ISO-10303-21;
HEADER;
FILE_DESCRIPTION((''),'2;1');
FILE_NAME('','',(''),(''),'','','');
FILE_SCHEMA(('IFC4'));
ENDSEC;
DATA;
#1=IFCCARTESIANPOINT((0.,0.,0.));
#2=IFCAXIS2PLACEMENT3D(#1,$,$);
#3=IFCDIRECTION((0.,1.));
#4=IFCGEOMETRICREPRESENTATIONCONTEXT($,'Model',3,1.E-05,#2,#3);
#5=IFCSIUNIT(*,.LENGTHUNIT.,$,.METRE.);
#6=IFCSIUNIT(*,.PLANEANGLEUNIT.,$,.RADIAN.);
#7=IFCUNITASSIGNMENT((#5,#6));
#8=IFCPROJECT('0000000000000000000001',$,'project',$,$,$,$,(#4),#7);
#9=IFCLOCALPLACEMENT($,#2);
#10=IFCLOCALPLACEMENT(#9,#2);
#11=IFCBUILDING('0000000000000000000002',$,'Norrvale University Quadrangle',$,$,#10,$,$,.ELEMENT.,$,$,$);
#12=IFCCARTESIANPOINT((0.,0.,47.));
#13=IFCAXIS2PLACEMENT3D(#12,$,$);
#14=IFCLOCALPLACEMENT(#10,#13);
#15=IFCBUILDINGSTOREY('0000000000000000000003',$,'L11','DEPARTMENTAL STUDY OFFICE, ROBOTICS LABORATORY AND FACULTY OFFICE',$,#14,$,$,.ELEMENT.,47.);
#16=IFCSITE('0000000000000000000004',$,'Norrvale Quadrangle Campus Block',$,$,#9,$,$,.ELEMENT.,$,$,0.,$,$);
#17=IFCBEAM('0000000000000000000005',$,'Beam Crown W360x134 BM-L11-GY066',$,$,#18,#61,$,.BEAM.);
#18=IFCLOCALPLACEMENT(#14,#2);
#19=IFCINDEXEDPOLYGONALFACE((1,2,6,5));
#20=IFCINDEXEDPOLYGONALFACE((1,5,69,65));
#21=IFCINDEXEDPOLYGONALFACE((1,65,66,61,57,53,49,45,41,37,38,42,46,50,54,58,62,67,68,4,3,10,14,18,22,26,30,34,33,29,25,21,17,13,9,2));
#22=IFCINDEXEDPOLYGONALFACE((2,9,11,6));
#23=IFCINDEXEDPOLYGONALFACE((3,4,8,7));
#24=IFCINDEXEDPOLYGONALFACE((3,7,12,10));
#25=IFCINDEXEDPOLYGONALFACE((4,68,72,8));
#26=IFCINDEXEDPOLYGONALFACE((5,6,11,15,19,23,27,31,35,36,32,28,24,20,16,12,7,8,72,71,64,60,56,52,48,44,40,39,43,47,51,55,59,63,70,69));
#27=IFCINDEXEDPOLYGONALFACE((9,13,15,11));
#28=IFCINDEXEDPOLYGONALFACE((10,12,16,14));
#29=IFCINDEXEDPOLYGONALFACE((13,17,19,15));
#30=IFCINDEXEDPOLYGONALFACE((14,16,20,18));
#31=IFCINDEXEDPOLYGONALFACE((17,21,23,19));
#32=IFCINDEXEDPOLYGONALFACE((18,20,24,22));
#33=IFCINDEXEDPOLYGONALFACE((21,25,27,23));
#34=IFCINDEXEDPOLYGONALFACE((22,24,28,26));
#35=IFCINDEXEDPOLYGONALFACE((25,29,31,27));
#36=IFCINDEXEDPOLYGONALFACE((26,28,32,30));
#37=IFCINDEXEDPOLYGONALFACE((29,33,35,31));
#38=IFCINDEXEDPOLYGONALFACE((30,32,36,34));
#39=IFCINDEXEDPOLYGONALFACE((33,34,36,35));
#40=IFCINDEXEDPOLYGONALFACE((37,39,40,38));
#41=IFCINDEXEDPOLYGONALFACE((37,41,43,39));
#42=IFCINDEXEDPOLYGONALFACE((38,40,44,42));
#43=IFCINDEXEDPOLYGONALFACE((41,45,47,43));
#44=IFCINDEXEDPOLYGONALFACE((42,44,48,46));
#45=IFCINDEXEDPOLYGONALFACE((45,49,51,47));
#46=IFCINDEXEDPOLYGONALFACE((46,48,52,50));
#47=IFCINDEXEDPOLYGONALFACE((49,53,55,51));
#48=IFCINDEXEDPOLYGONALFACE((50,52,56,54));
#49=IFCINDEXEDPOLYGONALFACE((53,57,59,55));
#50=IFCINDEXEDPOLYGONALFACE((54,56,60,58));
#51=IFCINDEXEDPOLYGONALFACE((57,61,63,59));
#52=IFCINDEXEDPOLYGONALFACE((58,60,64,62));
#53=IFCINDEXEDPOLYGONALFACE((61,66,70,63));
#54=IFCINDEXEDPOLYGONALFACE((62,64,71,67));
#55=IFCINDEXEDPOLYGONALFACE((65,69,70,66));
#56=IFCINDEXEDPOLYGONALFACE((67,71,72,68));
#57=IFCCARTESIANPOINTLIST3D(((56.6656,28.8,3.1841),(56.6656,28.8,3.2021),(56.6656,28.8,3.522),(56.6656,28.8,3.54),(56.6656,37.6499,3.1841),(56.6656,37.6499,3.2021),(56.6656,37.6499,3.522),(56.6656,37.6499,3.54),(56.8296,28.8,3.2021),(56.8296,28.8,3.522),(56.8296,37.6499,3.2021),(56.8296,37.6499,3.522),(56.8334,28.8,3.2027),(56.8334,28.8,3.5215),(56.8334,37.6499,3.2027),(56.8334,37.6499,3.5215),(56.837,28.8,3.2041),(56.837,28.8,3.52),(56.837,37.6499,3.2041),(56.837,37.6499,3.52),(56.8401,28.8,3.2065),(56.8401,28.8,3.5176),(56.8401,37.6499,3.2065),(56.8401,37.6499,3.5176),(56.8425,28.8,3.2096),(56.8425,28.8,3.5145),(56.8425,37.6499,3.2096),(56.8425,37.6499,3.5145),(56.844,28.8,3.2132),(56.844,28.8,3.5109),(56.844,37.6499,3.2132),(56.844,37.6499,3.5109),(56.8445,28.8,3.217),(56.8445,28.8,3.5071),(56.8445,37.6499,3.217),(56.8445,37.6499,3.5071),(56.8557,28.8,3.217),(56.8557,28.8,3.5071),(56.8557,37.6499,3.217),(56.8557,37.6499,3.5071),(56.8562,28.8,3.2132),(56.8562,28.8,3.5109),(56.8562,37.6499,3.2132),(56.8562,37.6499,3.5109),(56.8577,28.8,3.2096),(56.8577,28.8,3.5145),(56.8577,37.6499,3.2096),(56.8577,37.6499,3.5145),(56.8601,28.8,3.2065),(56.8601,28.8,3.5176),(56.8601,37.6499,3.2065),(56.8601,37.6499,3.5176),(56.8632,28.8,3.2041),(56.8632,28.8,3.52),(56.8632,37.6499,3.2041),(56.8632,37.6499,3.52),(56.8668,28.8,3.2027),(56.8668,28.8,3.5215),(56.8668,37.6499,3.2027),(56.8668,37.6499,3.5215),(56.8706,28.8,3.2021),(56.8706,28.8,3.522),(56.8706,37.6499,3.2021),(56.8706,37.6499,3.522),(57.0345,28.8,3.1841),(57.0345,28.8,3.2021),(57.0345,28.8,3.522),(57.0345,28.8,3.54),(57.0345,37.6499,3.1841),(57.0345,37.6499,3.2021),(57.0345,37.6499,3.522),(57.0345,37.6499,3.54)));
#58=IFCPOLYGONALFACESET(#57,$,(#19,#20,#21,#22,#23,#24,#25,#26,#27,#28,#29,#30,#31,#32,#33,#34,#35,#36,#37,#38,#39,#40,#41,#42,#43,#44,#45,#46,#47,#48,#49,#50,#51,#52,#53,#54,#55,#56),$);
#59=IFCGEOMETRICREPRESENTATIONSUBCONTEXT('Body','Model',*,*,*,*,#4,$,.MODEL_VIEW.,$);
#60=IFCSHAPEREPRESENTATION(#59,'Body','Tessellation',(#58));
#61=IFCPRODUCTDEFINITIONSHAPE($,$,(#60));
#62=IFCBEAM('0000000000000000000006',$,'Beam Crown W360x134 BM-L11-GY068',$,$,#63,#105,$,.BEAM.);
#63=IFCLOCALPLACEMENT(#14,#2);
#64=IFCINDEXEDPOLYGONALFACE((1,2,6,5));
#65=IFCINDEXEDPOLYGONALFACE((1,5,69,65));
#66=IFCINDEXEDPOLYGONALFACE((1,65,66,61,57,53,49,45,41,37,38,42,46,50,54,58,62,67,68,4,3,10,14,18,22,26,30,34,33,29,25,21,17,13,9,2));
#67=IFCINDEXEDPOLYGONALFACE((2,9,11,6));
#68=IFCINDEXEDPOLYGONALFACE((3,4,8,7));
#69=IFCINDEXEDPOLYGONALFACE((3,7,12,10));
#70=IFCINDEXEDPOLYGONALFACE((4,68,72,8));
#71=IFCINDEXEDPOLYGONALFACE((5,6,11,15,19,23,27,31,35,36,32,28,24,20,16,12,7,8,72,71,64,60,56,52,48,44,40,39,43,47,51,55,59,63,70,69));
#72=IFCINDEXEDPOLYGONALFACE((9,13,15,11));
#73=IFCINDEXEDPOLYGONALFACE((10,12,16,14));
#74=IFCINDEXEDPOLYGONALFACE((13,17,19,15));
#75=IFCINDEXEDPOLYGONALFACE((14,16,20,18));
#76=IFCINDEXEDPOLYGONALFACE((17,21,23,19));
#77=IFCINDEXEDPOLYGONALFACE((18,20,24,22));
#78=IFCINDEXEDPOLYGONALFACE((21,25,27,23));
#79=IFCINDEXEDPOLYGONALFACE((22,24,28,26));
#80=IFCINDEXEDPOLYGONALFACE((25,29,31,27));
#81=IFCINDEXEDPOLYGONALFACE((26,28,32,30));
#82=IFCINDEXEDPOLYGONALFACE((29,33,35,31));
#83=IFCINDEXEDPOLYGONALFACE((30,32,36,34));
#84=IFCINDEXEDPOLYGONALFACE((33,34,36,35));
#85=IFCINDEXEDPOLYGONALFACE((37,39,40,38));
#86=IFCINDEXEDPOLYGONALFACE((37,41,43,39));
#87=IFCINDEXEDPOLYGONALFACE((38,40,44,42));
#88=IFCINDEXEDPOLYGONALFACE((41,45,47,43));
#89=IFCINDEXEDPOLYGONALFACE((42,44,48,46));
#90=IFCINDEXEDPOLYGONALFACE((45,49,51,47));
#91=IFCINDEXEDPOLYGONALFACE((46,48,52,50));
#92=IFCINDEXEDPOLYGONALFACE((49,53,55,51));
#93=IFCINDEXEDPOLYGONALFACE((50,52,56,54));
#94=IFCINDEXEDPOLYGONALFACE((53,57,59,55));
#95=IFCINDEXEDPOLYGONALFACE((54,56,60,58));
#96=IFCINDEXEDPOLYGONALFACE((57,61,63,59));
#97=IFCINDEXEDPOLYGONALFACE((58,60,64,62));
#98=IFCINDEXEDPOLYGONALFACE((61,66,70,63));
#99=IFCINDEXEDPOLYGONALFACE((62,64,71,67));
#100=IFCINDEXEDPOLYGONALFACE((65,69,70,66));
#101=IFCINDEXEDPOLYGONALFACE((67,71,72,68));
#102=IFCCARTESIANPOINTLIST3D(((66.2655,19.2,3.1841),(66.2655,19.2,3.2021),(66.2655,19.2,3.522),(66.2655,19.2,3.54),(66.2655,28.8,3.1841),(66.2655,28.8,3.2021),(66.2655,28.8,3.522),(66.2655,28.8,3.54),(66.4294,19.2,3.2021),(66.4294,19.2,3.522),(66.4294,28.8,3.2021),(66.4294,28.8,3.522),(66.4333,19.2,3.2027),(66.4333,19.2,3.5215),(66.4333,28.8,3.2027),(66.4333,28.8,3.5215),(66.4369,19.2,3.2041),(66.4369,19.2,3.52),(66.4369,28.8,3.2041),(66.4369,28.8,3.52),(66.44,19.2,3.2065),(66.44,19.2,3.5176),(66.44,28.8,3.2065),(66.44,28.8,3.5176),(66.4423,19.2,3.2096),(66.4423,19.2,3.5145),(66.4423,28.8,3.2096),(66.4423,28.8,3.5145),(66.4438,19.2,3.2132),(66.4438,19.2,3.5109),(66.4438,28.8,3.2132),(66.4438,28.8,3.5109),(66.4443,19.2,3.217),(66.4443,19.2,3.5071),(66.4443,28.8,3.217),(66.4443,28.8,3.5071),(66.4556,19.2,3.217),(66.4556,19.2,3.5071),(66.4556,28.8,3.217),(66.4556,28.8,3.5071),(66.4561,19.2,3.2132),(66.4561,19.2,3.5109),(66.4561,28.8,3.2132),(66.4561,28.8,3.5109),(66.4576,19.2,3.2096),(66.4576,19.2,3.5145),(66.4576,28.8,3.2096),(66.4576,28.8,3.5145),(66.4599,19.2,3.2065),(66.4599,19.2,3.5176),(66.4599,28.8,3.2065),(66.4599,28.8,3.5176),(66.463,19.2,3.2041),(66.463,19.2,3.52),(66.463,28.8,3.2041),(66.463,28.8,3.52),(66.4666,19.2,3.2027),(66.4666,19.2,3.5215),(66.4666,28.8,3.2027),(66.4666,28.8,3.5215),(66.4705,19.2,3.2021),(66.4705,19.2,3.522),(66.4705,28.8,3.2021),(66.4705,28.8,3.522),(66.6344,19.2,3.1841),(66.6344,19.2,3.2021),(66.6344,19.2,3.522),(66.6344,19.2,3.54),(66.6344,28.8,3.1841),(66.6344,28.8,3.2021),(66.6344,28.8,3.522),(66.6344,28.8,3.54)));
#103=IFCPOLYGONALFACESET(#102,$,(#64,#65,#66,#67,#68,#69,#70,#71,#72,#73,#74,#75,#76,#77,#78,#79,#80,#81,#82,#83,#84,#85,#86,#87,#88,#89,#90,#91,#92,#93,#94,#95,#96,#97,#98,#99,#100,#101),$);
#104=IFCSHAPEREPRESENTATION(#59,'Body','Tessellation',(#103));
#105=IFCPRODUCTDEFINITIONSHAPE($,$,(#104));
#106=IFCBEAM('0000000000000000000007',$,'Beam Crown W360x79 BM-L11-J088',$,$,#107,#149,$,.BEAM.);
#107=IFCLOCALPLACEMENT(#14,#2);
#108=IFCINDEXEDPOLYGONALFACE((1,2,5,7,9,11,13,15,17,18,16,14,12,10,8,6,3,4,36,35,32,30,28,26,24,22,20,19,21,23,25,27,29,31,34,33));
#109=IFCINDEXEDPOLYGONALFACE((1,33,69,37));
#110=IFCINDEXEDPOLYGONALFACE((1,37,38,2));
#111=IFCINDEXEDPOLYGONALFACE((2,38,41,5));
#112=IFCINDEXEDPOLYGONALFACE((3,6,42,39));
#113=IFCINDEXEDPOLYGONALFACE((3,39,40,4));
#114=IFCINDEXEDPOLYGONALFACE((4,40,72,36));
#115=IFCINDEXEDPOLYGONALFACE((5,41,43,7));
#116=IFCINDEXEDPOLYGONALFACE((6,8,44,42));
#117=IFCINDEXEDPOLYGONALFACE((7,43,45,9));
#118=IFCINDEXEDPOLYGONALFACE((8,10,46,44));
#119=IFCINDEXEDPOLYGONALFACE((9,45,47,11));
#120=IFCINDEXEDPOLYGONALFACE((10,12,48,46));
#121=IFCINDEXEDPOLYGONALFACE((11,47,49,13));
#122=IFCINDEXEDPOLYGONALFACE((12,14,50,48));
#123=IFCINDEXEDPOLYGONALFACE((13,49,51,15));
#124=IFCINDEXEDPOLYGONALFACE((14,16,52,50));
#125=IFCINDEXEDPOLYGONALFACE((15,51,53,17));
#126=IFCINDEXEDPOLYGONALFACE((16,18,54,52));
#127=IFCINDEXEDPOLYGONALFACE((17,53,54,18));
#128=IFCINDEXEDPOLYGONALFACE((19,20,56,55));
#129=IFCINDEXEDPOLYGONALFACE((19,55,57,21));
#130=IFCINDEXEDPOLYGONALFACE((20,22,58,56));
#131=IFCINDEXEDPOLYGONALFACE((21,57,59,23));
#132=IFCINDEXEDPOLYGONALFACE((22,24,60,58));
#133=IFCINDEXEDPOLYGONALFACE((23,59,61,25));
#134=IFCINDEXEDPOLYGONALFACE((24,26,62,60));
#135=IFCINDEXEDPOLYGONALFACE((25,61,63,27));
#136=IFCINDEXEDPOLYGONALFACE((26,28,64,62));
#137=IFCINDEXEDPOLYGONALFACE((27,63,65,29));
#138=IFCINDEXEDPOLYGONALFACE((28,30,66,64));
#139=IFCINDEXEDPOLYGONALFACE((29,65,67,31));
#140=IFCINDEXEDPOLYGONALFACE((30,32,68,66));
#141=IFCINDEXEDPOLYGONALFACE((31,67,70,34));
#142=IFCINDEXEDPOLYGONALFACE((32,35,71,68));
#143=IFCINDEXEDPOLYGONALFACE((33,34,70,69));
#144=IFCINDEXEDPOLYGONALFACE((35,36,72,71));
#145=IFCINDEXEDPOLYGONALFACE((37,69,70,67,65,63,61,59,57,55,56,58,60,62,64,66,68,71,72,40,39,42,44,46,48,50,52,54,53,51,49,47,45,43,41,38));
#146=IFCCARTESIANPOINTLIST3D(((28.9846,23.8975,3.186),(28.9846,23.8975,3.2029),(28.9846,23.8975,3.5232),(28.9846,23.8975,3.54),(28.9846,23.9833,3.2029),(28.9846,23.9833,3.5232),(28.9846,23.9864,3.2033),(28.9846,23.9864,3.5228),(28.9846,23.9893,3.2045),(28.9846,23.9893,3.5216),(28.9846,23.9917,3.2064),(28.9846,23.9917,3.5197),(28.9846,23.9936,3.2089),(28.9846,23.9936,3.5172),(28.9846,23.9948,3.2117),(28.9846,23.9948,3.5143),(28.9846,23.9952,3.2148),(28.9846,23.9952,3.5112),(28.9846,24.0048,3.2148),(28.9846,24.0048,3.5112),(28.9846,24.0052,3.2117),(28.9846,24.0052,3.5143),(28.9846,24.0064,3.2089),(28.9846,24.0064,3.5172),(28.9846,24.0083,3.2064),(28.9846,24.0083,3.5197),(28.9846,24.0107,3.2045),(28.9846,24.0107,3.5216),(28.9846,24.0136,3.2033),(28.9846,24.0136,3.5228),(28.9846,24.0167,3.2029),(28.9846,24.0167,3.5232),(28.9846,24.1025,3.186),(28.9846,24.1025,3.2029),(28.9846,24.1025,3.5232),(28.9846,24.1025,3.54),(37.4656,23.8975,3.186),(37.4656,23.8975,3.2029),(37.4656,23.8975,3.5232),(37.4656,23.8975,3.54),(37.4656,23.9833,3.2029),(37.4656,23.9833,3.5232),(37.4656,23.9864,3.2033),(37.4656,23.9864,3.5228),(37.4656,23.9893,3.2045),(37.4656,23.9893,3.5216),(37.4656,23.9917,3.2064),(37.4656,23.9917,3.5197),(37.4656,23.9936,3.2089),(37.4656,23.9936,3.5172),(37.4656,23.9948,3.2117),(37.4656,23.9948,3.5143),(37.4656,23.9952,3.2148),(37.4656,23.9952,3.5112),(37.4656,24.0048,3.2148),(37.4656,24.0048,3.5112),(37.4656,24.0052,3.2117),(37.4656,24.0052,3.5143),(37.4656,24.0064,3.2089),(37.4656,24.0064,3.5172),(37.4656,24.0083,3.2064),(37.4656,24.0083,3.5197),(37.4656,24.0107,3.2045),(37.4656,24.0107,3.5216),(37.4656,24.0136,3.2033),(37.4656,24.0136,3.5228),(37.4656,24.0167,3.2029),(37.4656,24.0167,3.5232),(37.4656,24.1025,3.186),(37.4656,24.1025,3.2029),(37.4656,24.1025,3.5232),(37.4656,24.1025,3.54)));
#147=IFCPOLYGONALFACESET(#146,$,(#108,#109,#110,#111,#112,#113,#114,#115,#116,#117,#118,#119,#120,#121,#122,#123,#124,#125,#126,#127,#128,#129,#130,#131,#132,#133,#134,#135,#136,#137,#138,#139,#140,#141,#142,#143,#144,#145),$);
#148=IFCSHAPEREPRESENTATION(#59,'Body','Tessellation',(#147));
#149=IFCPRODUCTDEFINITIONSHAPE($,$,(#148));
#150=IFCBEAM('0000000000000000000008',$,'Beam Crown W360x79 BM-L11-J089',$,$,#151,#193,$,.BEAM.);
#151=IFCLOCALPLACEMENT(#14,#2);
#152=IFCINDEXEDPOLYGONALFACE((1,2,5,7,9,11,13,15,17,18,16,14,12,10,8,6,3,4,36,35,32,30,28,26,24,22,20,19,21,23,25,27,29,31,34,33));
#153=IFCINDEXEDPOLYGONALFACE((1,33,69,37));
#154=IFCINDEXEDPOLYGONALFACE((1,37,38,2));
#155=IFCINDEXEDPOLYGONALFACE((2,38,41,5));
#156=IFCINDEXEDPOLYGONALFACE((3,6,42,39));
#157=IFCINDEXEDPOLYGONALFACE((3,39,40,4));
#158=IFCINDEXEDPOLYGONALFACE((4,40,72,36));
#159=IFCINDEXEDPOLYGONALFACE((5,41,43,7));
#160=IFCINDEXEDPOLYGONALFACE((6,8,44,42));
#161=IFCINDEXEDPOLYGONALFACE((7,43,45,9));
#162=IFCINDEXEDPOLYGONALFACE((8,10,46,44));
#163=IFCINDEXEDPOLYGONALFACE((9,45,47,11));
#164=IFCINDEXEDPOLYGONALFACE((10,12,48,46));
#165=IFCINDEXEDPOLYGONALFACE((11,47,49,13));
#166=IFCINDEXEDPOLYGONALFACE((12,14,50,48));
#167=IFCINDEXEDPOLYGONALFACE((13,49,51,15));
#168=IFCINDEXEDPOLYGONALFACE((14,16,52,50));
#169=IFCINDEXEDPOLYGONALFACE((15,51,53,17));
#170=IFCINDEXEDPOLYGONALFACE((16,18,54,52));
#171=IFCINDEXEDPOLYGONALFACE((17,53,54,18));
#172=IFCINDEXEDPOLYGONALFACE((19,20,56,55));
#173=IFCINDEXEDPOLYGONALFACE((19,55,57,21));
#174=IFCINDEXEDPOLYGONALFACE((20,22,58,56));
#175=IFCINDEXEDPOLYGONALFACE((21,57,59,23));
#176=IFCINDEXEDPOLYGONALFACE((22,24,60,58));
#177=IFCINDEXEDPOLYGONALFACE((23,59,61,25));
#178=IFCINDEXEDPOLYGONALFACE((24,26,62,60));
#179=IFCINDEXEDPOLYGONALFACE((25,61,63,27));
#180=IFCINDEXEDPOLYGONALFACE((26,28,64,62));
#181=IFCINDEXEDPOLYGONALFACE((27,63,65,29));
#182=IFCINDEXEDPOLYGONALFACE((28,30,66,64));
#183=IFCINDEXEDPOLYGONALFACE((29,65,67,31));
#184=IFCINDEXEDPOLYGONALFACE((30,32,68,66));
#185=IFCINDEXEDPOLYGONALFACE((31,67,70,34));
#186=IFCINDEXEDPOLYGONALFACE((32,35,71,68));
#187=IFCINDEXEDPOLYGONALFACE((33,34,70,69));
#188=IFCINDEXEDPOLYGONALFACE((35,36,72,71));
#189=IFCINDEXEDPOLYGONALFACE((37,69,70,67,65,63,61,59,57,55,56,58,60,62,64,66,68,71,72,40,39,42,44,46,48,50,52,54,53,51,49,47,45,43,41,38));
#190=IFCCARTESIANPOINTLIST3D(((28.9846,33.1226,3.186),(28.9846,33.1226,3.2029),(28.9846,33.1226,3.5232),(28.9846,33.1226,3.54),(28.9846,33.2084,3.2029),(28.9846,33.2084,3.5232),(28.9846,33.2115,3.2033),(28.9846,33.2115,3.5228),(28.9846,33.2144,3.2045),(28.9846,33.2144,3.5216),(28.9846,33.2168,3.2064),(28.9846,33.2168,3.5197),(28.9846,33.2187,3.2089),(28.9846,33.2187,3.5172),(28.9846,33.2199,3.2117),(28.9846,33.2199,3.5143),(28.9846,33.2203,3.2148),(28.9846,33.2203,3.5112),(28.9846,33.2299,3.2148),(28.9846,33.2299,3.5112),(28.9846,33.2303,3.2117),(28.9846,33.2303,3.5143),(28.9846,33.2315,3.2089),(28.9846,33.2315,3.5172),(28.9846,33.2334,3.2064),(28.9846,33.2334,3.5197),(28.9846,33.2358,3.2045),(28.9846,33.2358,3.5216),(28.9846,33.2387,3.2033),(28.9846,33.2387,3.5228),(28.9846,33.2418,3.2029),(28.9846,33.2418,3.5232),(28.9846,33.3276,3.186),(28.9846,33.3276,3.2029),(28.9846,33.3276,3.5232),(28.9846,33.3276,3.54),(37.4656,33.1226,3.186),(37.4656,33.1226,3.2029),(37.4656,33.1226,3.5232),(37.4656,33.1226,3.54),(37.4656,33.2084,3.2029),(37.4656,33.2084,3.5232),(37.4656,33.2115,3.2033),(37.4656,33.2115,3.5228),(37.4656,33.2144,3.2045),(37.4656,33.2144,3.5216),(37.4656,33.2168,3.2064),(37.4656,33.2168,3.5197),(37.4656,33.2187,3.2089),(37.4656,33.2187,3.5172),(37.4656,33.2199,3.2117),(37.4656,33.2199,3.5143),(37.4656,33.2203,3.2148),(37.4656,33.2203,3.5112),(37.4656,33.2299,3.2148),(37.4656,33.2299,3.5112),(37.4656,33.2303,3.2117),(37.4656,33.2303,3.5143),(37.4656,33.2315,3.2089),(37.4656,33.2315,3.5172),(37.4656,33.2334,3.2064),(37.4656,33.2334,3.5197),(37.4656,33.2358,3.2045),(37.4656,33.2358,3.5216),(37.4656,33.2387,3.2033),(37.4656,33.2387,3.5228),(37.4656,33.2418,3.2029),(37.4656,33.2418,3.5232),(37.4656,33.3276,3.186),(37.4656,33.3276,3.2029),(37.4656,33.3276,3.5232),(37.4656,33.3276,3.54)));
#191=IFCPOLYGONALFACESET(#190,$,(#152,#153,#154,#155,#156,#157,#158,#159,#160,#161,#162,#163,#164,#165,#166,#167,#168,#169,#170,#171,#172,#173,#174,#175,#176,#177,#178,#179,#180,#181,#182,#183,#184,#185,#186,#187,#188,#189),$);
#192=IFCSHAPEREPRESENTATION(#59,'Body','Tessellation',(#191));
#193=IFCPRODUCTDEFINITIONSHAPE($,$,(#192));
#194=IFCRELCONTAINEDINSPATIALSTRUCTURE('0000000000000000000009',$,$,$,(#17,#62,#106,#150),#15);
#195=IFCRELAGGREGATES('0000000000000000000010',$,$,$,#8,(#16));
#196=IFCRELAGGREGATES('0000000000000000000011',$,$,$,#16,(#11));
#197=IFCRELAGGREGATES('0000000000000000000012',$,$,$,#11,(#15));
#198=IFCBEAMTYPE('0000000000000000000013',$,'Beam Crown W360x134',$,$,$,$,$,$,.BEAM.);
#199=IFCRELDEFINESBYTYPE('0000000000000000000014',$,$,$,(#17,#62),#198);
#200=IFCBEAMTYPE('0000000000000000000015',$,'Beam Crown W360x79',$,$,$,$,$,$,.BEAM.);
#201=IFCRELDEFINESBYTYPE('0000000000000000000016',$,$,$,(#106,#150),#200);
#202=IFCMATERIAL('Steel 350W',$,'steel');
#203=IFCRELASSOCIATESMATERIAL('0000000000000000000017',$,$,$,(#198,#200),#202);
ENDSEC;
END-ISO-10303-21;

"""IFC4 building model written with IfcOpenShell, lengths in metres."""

from ifc_helpers import new_model, si_unit, direction, frame, origin, origin_2d, place, context, subcontext, project, spatial, i_section, extrude, material, material_profile, profile_set, type_object, element, save


model = new_model("IFC4")

# Units and contexts
model_context = context("Model", 3, precision=1e-05, world=origin(), true_north=direction((0.0, 1.0)))
body_context = subcontext(model_context, "Body", "Model", "MODEL_VIEW")
ifc_project = project(units=[si_unit("LENGTHUNIT", "METRE"), si_unit("PLANEANGLEUNIT", "RADIAN")], contexts=[model_context])

# Site, building, storey
site_placement = place(None, origin())
site = spatial("IfcSite", under=ifc_project, at=site_placement, Name="Norrvale Quadrangle Campus Block", CompositionType="ELEMENT", RefElevation=0.0)
building_placement = place(site_placement, origin())
building = spatial("IfcBuilding", under=site, at=building_placement, Name="Norrvale University Quadrangle", CompositionType="ELEMENT")
storey_placement = place(building_placement, frame((0.0, 0.0, 47.0)))
storey = spatial("IfcBuildingStorey", under=building, at=storey_placement, Name="L11", Description="DEPARTMENTAL STUDY OFFICE, ROBOTICS LABORATORY AND FACULTY OFFICE", CompositionType="ELEMENT", Elevation=47.0)

# Beams
ifc_material_1 = material(Name="Steel 350W", Category="steel")
ifc_material_profile_1 = material_profile(ifc_material_1, i_section(OverallWidth=0.3689, OverallDepth=0.356, WebThickness=0.0112, FlangeThickness=0.0181, FilletRadius=0.0149, at=origin_2d()), Name="Steel 350W")
ifc_profile_set_1 = profile_set([ifc_material_profile_1], Name="Steel 350W")
beam_type_1 = type_object("IfcBeamType", Name="Beam Crown W360x134", PredefinedType="BEAM", material=ifc_profile_set_1)
beam_1_placement = place(storey_placement, frame((56.8501, 28.8, 3.3621), z_axis=(0.0, 1.0, 0.0), x_axis=(-1.0, 0.0, 0.0)))
element("IfcBeam", 1, at=beam_1_placement, inside=storey, type_object=beam_type_1, Name="Beam Crown W360x134 BM-L11-GY066", PredefinedType="BEAM", context=body_context, shape_type="SweptSolid", body=[
    extrude(i_section(OverallWidth=0.3689, OverallDepth=0.356, WebThickness=0.0112, FlangeThickness=0.0181, FilletRadius=0.0149, at=origin_2d()), origin(), (0.0, 0.0, 1.0), 8.8499),
])
beam_2_placement = place(storey_placement, frame((66.45, 19.2, 3.3621), z_axis=(0.0, 1.0, 0.0), x_axis=(-1.0, 0.0, 0.0)))
element("IfcBeam", 2, at=beam_2_placement, inside=storey, type_object=beam_type_1, Name="Beam Crown W360x134 BM-L11-GY068", PredefinedType="BEAM", context=body_context, shape_type="SweptSolid", body=[
    extrude(i_section(OverallWidth=0.3689, OverallDepth=0.356, WebThickness=0.0112, FlangeThickness=0.0181, FilletRadius=0.0149, at=origin_2d()), origin(), (0.0, 0.0, 1.0), 9.6001),
])
ifc_material_profile_2 = material_profile(ifc_material_1, i_section(OverallWidth=0.2051, OverallDepth=0.354, WebThickness=0.0095, FlangeThickness=0.0168, FilletRadius=0.012, at=origin_2d()), Name="Steel 350W")
ifc_profile_set_2 = profile_set([ifc_material_profile_2], Name="Steel 350W")
beam_type_2 = type_object("IfcBeamType", Name="Beam Crown W360x79", PredefinedType="BEAM", material=ifc_profile_set_2)
for number, where, z_axis, x_axis, name in (
    (3, (28.9846, 24.0, 3.363), (1.0, 0.0, 0.0), (0.0, 1.0, 0.0), "Beam Crown W360x79 BM-L11-J088"),
    (4, (28.9846, 33.2251, 3.363), (1.0, 0.0, 0.0), (0.0, 1.0, 0.0), "Beam Crown W360x79 BM-L11-J089"),
):
    element("IfcBeam", number, at=place(storey_placement, frame(where, z_axis=z_axis, x_axis=x_axis)), inside=storey, type_object=beam_type_2, Name=name, PredefinedType="BEAM", context=body_context, shape_type="SweptSolid", body=[
        extrude(i_section(OverallWidth=0.2051, OverallDepth=0.354, WebThickness=0.0095, FlangeThickness=0.0168, FilletRadius=0.012, at=origin_2d()), origin(), (0.0, 0.0, 1.0), 8.481),
    ])

save(model, "model.ifc")
